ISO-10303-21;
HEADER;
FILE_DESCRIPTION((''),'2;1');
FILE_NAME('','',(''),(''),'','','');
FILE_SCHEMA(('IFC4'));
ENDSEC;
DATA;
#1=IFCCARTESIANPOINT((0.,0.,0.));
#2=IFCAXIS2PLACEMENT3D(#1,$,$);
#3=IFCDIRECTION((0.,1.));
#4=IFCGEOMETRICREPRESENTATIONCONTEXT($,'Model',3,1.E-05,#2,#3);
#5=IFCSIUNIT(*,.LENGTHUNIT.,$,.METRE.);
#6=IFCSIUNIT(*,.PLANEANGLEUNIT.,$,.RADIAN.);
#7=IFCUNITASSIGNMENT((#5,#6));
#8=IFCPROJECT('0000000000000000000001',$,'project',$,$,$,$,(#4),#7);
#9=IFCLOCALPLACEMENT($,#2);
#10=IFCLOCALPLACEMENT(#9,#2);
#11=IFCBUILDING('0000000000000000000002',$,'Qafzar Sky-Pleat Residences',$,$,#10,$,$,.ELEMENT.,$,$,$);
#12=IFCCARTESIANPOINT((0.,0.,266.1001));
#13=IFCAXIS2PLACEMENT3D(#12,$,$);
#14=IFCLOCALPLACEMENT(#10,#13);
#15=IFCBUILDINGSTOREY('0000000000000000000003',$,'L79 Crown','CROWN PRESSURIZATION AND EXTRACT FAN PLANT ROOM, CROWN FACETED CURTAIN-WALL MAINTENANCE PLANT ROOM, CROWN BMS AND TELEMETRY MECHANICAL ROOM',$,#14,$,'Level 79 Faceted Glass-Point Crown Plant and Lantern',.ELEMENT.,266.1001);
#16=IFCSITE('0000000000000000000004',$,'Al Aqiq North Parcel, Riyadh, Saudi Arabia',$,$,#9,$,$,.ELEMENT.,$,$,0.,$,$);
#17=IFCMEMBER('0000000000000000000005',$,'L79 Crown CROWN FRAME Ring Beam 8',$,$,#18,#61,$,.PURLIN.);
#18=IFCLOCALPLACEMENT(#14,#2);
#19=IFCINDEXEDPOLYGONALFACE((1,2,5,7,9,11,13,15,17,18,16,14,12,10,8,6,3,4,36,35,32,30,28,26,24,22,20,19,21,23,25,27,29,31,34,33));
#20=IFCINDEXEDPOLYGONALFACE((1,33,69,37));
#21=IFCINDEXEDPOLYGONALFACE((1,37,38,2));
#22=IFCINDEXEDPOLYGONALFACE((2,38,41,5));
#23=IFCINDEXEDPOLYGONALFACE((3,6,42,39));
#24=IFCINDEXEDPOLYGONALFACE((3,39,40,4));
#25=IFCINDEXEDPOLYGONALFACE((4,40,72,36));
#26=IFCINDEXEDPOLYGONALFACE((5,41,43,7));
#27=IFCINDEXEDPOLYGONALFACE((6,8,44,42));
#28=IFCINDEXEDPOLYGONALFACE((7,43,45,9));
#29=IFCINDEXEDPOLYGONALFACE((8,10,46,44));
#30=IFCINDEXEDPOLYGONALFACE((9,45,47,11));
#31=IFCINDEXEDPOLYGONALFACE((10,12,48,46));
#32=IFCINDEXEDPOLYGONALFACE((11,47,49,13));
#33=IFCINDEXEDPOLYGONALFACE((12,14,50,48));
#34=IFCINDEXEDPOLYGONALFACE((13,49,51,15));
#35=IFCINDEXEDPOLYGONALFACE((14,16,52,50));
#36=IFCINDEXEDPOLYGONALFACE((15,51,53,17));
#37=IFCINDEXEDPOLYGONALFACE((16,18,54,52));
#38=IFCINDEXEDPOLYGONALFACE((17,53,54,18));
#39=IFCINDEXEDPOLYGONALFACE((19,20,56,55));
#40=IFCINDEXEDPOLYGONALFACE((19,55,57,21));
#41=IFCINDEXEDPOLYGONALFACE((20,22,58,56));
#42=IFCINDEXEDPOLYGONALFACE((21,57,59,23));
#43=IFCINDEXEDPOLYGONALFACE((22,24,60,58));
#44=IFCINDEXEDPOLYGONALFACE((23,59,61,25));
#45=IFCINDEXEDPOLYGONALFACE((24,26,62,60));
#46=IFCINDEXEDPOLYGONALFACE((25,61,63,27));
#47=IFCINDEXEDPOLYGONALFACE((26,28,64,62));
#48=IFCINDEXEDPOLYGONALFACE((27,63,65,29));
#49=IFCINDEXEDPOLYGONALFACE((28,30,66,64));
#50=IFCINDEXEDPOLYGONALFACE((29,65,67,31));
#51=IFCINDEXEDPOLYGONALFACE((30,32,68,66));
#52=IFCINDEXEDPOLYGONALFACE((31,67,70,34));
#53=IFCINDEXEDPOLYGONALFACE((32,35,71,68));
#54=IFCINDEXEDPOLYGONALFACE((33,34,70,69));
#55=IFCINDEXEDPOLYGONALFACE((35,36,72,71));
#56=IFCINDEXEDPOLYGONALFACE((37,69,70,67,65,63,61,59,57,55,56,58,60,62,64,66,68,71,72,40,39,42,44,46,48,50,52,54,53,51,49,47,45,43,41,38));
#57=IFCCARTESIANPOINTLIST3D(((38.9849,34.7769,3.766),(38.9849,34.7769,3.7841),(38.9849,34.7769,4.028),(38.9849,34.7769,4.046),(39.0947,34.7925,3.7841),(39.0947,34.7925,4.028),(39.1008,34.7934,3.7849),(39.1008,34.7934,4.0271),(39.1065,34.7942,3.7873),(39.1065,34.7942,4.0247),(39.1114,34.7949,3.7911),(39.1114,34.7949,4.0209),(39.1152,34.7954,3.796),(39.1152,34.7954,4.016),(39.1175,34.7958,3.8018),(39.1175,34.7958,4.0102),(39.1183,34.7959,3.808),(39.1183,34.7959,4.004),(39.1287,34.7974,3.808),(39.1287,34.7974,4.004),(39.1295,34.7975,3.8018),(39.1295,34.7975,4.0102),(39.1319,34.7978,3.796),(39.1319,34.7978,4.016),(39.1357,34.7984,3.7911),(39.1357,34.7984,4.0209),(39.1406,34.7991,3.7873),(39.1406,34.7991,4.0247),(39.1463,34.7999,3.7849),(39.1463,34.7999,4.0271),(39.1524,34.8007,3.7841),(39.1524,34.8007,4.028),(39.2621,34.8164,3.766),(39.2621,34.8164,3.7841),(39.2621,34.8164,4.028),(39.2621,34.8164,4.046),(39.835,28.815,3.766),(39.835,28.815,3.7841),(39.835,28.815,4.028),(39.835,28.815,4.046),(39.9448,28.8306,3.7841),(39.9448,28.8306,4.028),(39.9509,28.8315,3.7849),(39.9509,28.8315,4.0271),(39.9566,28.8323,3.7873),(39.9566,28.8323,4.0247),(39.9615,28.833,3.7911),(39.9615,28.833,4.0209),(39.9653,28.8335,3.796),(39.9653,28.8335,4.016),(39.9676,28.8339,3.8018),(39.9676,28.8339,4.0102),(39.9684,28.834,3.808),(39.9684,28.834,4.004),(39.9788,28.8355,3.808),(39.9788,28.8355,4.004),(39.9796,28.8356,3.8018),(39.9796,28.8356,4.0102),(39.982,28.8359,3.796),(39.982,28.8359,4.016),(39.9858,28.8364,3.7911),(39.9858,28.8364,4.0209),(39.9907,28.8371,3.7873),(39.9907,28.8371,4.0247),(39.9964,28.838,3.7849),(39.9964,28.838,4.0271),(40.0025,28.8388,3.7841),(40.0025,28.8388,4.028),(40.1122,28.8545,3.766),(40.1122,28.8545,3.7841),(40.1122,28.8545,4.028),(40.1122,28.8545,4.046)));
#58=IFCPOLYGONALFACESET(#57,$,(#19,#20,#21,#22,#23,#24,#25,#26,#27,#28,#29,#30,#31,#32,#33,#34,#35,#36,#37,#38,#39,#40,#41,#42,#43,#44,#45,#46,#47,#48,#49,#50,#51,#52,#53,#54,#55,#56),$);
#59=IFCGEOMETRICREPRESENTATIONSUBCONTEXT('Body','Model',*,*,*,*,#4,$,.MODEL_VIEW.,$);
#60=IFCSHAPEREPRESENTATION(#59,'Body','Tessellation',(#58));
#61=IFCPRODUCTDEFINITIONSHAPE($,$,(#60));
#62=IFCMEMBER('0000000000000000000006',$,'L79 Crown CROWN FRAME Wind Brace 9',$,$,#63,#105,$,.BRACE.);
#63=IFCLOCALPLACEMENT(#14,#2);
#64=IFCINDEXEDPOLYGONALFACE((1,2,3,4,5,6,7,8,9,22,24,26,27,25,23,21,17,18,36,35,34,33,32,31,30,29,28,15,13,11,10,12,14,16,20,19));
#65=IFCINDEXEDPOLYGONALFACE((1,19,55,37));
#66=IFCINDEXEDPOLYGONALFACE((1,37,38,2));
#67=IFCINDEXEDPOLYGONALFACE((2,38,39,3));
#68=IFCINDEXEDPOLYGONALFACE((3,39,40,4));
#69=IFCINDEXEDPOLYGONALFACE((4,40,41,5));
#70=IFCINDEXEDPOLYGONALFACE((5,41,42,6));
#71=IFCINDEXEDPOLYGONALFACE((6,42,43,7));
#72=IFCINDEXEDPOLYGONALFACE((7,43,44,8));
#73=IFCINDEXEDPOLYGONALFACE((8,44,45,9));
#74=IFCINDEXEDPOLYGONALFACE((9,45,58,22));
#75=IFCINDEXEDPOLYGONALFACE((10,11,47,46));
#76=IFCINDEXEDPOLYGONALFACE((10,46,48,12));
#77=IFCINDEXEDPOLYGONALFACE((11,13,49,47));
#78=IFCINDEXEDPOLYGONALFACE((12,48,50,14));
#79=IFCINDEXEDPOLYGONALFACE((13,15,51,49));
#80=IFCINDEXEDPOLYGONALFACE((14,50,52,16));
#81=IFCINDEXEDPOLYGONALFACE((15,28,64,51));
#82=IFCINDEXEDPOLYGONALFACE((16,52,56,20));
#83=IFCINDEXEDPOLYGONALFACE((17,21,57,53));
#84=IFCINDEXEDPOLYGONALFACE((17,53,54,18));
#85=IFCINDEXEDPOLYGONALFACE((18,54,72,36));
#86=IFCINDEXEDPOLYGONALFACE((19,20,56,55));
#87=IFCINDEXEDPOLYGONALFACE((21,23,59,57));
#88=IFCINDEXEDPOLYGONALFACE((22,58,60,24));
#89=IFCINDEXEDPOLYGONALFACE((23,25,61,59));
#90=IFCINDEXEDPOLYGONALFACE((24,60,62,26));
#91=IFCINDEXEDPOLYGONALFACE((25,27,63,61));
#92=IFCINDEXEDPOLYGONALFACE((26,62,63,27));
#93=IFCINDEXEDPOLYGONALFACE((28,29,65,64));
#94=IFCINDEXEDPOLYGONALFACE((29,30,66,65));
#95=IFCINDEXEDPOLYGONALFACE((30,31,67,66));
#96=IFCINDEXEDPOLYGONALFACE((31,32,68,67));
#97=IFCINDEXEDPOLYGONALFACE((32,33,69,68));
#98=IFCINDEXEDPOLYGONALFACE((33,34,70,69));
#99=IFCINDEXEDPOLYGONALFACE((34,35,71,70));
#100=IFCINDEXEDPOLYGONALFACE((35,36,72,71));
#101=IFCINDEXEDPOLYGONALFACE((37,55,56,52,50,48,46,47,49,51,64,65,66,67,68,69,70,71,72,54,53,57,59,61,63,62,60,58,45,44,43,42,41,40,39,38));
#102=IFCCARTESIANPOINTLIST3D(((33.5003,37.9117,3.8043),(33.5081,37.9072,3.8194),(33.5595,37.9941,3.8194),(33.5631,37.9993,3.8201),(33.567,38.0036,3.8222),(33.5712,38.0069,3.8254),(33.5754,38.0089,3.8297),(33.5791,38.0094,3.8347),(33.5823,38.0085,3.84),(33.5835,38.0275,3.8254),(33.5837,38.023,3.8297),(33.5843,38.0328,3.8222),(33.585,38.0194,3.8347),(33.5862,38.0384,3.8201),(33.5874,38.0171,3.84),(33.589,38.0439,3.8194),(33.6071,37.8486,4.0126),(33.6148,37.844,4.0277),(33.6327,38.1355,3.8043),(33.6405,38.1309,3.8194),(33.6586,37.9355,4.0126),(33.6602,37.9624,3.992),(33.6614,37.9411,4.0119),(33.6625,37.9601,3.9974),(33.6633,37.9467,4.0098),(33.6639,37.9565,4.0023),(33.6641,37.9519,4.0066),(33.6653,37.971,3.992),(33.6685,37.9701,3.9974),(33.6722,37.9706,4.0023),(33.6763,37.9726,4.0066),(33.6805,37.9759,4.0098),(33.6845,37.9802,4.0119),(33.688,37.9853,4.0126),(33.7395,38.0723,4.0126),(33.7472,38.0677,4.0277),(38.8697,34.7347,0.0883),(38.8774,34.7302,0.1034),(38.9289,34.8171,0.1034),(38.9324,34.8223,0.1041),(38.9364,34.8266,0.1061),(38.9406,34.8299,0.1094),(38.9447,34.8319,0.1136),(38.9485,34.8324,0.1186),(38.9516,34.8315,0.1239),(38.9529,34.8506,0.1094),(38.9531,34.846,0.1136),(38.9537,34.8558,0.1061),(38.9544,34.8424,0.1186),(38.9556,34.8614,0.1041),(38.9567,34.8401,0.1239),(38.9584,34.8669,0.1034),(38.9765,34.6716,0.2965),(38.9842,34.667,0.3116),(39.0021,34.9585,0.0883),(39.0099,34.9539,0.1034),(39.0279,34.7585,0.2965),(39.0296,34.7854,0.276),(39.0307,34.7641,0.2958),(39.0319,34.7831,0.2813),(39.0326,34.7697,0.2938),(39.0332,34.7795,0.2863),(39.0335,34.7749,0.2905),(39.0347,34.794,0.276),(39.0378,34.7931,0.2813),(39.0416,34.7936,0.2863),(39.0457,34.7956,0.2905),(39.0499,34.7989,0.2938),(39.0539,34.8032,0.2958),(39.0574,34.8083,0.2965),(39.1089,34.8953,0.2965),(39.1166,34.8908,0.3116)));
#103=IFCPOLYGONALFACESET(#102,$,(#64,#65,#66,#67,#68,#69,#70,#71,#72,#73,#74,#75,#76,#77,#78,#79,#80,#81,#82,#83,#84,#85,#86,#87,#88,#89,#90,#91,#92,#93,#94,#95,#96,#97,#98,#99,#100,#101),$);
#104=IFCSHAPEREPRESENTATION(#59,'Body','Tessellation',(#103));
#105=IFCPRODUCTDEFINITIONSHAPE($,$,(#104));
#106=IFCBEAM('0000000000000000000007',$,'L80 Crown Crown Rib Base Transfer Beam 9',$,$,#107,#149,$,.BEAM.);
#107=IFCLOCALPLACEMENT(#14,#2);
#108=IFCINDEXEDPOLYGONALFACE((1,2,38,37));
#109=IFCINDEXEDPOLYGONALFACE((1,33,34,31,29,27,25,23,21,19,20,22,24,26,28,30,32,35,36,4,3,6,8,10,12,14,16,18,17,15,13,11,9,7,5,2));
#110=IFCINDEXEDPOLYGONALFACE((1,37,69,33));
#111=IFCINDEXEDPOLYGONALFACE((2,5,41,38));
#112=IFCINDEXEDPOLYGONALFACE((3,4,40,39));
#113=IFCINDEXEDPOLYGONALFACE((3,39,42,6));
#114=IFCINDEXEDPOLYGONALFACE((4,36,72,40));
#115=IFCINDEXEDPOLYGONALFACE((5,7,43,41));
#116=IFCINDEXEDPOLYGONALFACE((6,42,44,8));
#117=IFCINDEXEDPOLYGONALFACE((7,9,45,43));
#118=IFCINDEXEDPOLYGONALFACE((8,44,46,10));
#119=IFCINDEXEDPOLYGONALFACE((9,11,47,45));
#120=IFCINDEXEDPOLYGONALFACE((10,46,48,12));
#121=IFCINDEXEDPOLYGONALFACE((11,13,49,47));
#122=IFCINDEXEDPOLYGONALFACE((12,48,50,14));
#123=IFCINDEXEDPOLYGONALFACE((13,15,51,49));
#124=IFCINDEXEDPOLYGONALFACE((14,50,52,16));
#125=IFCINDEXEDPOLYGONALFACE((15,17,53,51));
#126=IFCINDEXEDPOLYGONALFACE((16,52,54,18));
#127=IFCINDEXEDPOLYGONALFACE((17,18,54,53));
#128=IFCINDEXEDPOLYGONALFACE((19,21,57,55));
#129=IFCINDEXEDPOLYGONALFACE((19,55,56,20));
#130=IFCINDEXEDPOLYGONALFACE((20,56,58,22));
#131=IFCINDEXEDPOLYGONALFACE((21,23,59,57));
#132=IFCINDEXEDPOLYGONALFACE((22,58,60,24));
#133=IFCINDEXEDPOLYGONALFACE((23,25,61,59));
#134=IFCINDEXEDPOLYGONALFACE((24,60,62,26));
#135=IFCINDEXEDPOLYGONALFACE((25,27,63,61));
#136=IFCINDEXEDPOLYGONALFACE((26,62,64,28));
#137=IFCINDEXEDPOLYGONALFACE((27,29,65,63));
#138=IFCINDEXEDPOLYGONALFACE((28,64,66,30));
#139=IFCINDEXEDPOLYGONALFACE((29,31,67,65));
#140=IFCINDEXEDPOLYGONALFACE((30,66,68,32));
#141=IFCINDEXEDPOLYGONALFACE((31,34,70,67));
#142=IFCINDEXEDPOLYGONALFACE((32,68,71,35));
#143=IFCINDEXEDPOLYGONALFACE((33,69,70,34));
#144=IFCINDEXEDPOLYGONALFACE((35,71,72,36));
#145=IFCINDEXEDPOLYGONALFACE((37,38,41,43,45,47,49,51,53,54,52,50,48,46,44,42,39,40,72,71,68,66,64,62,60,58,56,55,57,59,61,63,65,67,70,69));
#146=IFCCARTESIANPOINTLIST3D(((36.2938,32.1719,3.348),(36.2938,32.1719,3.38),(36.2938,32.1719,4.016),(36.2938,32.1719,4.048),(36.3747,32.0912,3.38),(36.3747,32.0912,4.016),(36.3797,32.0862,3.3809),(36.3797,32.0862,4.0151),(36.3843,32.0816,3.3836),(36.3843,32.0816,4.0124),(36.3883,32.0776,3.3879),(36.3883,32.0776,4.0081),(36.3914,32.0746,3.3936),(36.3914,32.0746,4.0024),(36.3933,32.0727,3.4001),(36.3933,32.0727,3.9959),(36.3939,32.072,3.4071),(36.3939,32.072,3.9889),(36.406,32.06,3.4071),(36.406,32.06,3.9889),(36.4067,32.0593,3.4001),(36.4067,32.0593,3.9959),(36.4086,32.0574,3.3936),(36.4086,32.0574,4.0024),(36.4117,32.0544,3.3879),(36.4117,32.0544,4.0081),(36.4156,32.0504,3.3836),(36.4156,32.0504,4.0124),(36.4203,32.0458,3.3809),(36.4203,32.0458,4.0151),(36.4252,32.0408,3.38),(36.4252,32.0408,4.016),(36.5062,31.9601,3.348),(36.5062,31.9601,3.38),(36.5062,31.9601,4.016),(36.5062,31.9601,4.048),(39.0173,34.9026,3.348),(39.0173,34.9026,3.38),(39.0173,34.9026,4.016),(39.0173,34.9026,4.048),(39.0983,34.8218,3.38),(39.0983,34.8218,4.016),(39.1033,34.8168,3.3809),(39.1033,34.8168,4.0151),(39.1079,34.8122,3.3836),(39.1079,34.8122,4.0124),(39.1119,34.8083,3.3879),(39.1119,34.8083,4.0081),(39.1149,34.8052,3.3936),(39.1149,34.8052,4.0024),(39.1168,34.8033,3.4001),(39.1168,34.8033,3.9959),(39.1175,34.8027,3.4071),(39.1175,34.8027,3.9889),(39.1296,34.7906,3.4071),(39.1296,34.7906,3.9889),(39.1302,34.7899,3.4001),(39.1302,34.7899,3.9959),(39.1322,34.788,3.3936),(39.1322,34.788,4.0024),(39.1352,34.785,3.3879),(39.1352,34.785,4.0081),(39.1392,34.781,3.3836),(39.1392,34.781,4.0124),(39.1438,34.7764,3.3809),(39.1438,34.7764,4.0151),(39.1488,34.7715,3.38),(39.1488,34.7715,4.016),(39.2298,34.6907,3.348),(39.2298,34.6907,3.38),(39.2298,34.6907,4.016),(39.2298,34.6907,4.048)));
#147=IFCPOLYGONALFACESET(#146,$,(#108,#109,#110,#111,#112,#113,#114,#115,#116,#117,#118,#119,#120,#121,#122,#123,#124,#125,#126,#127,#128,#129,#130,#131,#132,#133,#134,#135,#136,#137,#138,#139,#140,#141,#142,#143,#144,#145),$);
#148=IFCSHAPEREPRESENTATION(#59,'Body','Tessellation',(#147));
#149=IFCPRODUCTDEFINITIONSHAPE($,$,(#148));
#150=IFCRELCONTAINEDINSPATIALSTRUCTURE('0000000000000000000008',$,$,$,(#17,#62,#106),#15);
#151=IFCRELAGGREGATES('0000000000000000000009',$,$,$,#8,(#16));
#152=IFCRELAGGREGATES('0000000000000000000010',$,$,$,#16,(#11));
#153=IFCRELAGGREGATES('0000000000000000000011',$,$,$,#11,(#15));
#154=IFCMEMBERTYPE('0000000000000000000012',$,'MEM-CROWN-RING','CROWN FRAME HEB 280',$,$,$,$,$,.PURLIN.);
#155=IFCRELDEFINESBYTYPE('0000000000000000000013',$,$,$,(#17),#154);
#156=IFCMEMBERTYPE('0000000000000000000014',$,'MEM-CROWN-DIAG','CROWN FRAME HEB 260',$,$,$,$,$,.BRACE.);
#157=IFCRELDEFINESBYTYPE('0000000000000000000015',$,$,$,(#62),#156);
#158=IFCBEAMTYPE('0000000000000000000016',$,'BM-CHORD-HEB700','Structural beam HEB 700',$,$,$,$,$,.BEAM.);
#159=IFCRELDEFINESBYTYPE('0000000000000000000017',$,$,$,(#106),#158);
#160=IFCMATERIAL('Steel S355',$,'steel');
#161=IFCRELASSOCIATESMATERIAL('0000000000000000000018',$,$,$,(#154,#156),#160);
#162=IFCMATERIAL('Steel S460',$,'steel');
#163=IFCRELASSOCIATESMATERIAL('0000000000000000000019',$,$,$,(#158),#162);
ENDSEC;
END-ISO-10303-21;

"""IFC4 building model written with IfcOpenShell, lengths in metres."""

from ifc_helpers import new_model, si_unit, direction, frame, origin, origin_2d, place, context, subcontext, project, spatial, i_section, extrude, source, transform, mapped, material, material_profile, profile_set, type_object, element, save


model = new_model("IFC4")

# Units and contexts
model_context = context("Model", 3, precision=1e-05, world=origin(), true_north=direction((0.0, 1.0)))
body_context = subcontext(model_context, "Body", "Model", "MODEL_VIEW")
ifc_project = project(units=[si_unit("LENGTHUNIT", "METRE"), si_unit("PLANEANGLEUNIT", "RADIAN")], contexts=[model_context])

# Site, building, storey
site_placement = place(None, origin())
site = spatial("IfcSite", under=ifc_project, at=site_placement, Name="Al Aqiq North Parcel, Riyadh, Saudi Arabia", CompositionType="ELEMENT", RefElevation=0.0)
building_placement = place(site_placement, origin())
building = spatial("IfcBuilding", under=site, at=building_placement, Name="Qafzar Sky-Pleat Residences", CompositionType="ELEMENT")
storey_placement = place(building_placement, frame((0.0, 0.0, 266.1001)))
storey = spatial("IfcBuildingStorey", under=building, at=storey_placement, Name="L79 Crown", Description="CROWN PRESSURIZATION AND EXTRACT FAN PLANT ROOM, CROWN FACETED CURTAIN-WALL MAINTENANCE PLANT ROOM, CROWN BMS AND TELEMETRY MECHANICAL ROOM", LongName="Level 79 Faceted Glass-Point Crown Plant and Lantern", CompositionType="ELEMENT", Elevation=266.1001)

# Members
ifc_material_1 = material(Name="Steel S460", Category="steel")
ifc_material_2 = material(Name="Steel S355", Category="steel")
ifc_material_profile_1 = material_profile(ifc_material_2, i_section(OverallWidth=0.28, OverallDepth=0.28, WebThickness=0.0105, FlangeThickness=0.0181, FilletRadius=0.0239, at=origin_2d()), Name="HEB 280")
ifc_profile_set_1 = profile_set([ifc_material_profile_1], Name="Steel S355")
member_type_1 = type_object("IfcMemberType", Name="MEM-CROWN-RING", Description="CROWN FRAME HEB 280", PredefinedType="PURLIN", material=ifc_profile_set_1)
shared_shape_1 = source(origin(), body_context, "Body", "SweptSolid", [
    extrude(i_section(OverallWidth=0.28, OverallDepth=0.28, WebThickness=0.0105, FlangeThickness=0.0181, FilletRadius=0.0239, at=origin_2d()), origin(), (0.0, 0.0, 1.0), 6.0222),
])
member_1_placement = place(storey_placement, frame((39.9736, 28.8347, 3.906), z_axis=(-0.14116, 0.989987, 0.0), x_axis=(-0.989987, -0.14116, 0.0)))
element("IfcMember", 1, at=member_1_placement, inside=storey, type_object=member_type_1, Name="L79 Crown CROWN FRAME Ring Beam 8", PredefinedType="PURLIN", context=body_context, shape_type="MappedRepresentation", body=[
    mapped(shared_shape_1, transform((0.0, 0.0, 0.0), x_axis=(1.0, 0.0, 0.0), y_axis=(0.0, 1.0, 0.0), z_axis=(0.0, 0.0, 1.0), scale=1.0)),
])
ifc_material_profile_2 = material_profile(ifc_material_2, i_section(OverallWidth=0.26, OverallDepth=0.26, WebThickness=0.01, FlangeThickness=0.0176, FilletRadius=0.0239, at=origin_2d()), Name="HEB 260")
ifc_profile_set_2 = profile_set([ifc_material_profile_2], Name="Steel S355")
member_type_2 = type_object("IfcMemberType", Name="MEM-CROWN-DIAG", Description="CROWN FRAME HEB 260", PredefinedType="BRACE", material=ifc_profile_set_2)
shared_shape_2 = source(origin(), body_context, "Body", "SweptSolid", [
    extrude(i_section(OverallWidth=0.26, OverallDepth=0.26, WebThickness=0.01, FlangeThickness=0.0176, FilletRadius=0.0239, at=origin_2d()), origin(), (0.0, 0.0, 1.0), 7.2617),
])
member_2_placement = place(storey_placement, frame((38.9932, 34.8127, 0.2), z_axis=(-0.739408, 0.437499, 0.511732), x_axis=(-0.509226, -0.860633, 0.0)))
element("IfcMember", 2, at=member_2_placement, inside=storey, type_object=member_type_2, Name="L79 Crown CROWN FRAME Wind Brace 9", PredefinedType="BRACE", context=body_context, shape_type="MappedRepresentation", body=[
    mapped(shared_shape_2, transform((0.0, 0.0, 0.0), x_axis=(1.0, 0.0, 0.0), y_axis=(0.0, 1.0, 0.0), z_axis=(0.0, 0.0, 1.0), scale=1.0)),
])

# Beam
ifc_material_profile_3 = material_profile(ifc_material_1, i_section(OverallWidth=0.3, OverallDepth=0.7, WebThickness=0.0171, FlangeThickness=0.032, FilletRadius=0.0271, at=origin_2d()), Name="HEB 700")
ifc_profile_set_3 = profile_set([ifc_material_profile_3], Name="Steel S460")
beam_type = type_object("IfcBeamType", Name="BM-CHORD-HEB700", Description="Structural beam HEB 700", PredefinedType="BEAM", material=ifc_profile_set_3)
shared_shape_3 = source(origin(), body_context, "Body", "SweptSolid", [
    extrude(i_section(OverallWidth=0.3, OverallDepth=0.7, WebThickness=0.0171, FlangeThickness=0.032, FilletRadius=0.0271, at=origin_2d()), origin(), (0.0, 0.0, 1.0), 3.8567),
])
beam_1_placement = place(storey_placement, frame((39.1235, 34.7966, 3.698), z_axis=(-0.706188, -0.708024, 0.0), x_axis=(0.708024, -0.706188, 0.0)))
element("IfcBeam", 3, at=beam_1_placement, inside=storey, type_object=beam_type, Name="L80 Crown Crown Rib Base Transfer Beam 9", PredefinedType="BEAM", context=body_context, shape_type="MappedRepresentation", body=[
    mapped(shared_shape_3, transform((0.0, 0.0, 0.0), x_axis=(1.0, 0.0, 0.0), y_axis=(0.0, 1.0, 0.0), z_axis=(0.0, 0.0, 1.0), scale=1.0)),
])

save(model, "model.ifc")
